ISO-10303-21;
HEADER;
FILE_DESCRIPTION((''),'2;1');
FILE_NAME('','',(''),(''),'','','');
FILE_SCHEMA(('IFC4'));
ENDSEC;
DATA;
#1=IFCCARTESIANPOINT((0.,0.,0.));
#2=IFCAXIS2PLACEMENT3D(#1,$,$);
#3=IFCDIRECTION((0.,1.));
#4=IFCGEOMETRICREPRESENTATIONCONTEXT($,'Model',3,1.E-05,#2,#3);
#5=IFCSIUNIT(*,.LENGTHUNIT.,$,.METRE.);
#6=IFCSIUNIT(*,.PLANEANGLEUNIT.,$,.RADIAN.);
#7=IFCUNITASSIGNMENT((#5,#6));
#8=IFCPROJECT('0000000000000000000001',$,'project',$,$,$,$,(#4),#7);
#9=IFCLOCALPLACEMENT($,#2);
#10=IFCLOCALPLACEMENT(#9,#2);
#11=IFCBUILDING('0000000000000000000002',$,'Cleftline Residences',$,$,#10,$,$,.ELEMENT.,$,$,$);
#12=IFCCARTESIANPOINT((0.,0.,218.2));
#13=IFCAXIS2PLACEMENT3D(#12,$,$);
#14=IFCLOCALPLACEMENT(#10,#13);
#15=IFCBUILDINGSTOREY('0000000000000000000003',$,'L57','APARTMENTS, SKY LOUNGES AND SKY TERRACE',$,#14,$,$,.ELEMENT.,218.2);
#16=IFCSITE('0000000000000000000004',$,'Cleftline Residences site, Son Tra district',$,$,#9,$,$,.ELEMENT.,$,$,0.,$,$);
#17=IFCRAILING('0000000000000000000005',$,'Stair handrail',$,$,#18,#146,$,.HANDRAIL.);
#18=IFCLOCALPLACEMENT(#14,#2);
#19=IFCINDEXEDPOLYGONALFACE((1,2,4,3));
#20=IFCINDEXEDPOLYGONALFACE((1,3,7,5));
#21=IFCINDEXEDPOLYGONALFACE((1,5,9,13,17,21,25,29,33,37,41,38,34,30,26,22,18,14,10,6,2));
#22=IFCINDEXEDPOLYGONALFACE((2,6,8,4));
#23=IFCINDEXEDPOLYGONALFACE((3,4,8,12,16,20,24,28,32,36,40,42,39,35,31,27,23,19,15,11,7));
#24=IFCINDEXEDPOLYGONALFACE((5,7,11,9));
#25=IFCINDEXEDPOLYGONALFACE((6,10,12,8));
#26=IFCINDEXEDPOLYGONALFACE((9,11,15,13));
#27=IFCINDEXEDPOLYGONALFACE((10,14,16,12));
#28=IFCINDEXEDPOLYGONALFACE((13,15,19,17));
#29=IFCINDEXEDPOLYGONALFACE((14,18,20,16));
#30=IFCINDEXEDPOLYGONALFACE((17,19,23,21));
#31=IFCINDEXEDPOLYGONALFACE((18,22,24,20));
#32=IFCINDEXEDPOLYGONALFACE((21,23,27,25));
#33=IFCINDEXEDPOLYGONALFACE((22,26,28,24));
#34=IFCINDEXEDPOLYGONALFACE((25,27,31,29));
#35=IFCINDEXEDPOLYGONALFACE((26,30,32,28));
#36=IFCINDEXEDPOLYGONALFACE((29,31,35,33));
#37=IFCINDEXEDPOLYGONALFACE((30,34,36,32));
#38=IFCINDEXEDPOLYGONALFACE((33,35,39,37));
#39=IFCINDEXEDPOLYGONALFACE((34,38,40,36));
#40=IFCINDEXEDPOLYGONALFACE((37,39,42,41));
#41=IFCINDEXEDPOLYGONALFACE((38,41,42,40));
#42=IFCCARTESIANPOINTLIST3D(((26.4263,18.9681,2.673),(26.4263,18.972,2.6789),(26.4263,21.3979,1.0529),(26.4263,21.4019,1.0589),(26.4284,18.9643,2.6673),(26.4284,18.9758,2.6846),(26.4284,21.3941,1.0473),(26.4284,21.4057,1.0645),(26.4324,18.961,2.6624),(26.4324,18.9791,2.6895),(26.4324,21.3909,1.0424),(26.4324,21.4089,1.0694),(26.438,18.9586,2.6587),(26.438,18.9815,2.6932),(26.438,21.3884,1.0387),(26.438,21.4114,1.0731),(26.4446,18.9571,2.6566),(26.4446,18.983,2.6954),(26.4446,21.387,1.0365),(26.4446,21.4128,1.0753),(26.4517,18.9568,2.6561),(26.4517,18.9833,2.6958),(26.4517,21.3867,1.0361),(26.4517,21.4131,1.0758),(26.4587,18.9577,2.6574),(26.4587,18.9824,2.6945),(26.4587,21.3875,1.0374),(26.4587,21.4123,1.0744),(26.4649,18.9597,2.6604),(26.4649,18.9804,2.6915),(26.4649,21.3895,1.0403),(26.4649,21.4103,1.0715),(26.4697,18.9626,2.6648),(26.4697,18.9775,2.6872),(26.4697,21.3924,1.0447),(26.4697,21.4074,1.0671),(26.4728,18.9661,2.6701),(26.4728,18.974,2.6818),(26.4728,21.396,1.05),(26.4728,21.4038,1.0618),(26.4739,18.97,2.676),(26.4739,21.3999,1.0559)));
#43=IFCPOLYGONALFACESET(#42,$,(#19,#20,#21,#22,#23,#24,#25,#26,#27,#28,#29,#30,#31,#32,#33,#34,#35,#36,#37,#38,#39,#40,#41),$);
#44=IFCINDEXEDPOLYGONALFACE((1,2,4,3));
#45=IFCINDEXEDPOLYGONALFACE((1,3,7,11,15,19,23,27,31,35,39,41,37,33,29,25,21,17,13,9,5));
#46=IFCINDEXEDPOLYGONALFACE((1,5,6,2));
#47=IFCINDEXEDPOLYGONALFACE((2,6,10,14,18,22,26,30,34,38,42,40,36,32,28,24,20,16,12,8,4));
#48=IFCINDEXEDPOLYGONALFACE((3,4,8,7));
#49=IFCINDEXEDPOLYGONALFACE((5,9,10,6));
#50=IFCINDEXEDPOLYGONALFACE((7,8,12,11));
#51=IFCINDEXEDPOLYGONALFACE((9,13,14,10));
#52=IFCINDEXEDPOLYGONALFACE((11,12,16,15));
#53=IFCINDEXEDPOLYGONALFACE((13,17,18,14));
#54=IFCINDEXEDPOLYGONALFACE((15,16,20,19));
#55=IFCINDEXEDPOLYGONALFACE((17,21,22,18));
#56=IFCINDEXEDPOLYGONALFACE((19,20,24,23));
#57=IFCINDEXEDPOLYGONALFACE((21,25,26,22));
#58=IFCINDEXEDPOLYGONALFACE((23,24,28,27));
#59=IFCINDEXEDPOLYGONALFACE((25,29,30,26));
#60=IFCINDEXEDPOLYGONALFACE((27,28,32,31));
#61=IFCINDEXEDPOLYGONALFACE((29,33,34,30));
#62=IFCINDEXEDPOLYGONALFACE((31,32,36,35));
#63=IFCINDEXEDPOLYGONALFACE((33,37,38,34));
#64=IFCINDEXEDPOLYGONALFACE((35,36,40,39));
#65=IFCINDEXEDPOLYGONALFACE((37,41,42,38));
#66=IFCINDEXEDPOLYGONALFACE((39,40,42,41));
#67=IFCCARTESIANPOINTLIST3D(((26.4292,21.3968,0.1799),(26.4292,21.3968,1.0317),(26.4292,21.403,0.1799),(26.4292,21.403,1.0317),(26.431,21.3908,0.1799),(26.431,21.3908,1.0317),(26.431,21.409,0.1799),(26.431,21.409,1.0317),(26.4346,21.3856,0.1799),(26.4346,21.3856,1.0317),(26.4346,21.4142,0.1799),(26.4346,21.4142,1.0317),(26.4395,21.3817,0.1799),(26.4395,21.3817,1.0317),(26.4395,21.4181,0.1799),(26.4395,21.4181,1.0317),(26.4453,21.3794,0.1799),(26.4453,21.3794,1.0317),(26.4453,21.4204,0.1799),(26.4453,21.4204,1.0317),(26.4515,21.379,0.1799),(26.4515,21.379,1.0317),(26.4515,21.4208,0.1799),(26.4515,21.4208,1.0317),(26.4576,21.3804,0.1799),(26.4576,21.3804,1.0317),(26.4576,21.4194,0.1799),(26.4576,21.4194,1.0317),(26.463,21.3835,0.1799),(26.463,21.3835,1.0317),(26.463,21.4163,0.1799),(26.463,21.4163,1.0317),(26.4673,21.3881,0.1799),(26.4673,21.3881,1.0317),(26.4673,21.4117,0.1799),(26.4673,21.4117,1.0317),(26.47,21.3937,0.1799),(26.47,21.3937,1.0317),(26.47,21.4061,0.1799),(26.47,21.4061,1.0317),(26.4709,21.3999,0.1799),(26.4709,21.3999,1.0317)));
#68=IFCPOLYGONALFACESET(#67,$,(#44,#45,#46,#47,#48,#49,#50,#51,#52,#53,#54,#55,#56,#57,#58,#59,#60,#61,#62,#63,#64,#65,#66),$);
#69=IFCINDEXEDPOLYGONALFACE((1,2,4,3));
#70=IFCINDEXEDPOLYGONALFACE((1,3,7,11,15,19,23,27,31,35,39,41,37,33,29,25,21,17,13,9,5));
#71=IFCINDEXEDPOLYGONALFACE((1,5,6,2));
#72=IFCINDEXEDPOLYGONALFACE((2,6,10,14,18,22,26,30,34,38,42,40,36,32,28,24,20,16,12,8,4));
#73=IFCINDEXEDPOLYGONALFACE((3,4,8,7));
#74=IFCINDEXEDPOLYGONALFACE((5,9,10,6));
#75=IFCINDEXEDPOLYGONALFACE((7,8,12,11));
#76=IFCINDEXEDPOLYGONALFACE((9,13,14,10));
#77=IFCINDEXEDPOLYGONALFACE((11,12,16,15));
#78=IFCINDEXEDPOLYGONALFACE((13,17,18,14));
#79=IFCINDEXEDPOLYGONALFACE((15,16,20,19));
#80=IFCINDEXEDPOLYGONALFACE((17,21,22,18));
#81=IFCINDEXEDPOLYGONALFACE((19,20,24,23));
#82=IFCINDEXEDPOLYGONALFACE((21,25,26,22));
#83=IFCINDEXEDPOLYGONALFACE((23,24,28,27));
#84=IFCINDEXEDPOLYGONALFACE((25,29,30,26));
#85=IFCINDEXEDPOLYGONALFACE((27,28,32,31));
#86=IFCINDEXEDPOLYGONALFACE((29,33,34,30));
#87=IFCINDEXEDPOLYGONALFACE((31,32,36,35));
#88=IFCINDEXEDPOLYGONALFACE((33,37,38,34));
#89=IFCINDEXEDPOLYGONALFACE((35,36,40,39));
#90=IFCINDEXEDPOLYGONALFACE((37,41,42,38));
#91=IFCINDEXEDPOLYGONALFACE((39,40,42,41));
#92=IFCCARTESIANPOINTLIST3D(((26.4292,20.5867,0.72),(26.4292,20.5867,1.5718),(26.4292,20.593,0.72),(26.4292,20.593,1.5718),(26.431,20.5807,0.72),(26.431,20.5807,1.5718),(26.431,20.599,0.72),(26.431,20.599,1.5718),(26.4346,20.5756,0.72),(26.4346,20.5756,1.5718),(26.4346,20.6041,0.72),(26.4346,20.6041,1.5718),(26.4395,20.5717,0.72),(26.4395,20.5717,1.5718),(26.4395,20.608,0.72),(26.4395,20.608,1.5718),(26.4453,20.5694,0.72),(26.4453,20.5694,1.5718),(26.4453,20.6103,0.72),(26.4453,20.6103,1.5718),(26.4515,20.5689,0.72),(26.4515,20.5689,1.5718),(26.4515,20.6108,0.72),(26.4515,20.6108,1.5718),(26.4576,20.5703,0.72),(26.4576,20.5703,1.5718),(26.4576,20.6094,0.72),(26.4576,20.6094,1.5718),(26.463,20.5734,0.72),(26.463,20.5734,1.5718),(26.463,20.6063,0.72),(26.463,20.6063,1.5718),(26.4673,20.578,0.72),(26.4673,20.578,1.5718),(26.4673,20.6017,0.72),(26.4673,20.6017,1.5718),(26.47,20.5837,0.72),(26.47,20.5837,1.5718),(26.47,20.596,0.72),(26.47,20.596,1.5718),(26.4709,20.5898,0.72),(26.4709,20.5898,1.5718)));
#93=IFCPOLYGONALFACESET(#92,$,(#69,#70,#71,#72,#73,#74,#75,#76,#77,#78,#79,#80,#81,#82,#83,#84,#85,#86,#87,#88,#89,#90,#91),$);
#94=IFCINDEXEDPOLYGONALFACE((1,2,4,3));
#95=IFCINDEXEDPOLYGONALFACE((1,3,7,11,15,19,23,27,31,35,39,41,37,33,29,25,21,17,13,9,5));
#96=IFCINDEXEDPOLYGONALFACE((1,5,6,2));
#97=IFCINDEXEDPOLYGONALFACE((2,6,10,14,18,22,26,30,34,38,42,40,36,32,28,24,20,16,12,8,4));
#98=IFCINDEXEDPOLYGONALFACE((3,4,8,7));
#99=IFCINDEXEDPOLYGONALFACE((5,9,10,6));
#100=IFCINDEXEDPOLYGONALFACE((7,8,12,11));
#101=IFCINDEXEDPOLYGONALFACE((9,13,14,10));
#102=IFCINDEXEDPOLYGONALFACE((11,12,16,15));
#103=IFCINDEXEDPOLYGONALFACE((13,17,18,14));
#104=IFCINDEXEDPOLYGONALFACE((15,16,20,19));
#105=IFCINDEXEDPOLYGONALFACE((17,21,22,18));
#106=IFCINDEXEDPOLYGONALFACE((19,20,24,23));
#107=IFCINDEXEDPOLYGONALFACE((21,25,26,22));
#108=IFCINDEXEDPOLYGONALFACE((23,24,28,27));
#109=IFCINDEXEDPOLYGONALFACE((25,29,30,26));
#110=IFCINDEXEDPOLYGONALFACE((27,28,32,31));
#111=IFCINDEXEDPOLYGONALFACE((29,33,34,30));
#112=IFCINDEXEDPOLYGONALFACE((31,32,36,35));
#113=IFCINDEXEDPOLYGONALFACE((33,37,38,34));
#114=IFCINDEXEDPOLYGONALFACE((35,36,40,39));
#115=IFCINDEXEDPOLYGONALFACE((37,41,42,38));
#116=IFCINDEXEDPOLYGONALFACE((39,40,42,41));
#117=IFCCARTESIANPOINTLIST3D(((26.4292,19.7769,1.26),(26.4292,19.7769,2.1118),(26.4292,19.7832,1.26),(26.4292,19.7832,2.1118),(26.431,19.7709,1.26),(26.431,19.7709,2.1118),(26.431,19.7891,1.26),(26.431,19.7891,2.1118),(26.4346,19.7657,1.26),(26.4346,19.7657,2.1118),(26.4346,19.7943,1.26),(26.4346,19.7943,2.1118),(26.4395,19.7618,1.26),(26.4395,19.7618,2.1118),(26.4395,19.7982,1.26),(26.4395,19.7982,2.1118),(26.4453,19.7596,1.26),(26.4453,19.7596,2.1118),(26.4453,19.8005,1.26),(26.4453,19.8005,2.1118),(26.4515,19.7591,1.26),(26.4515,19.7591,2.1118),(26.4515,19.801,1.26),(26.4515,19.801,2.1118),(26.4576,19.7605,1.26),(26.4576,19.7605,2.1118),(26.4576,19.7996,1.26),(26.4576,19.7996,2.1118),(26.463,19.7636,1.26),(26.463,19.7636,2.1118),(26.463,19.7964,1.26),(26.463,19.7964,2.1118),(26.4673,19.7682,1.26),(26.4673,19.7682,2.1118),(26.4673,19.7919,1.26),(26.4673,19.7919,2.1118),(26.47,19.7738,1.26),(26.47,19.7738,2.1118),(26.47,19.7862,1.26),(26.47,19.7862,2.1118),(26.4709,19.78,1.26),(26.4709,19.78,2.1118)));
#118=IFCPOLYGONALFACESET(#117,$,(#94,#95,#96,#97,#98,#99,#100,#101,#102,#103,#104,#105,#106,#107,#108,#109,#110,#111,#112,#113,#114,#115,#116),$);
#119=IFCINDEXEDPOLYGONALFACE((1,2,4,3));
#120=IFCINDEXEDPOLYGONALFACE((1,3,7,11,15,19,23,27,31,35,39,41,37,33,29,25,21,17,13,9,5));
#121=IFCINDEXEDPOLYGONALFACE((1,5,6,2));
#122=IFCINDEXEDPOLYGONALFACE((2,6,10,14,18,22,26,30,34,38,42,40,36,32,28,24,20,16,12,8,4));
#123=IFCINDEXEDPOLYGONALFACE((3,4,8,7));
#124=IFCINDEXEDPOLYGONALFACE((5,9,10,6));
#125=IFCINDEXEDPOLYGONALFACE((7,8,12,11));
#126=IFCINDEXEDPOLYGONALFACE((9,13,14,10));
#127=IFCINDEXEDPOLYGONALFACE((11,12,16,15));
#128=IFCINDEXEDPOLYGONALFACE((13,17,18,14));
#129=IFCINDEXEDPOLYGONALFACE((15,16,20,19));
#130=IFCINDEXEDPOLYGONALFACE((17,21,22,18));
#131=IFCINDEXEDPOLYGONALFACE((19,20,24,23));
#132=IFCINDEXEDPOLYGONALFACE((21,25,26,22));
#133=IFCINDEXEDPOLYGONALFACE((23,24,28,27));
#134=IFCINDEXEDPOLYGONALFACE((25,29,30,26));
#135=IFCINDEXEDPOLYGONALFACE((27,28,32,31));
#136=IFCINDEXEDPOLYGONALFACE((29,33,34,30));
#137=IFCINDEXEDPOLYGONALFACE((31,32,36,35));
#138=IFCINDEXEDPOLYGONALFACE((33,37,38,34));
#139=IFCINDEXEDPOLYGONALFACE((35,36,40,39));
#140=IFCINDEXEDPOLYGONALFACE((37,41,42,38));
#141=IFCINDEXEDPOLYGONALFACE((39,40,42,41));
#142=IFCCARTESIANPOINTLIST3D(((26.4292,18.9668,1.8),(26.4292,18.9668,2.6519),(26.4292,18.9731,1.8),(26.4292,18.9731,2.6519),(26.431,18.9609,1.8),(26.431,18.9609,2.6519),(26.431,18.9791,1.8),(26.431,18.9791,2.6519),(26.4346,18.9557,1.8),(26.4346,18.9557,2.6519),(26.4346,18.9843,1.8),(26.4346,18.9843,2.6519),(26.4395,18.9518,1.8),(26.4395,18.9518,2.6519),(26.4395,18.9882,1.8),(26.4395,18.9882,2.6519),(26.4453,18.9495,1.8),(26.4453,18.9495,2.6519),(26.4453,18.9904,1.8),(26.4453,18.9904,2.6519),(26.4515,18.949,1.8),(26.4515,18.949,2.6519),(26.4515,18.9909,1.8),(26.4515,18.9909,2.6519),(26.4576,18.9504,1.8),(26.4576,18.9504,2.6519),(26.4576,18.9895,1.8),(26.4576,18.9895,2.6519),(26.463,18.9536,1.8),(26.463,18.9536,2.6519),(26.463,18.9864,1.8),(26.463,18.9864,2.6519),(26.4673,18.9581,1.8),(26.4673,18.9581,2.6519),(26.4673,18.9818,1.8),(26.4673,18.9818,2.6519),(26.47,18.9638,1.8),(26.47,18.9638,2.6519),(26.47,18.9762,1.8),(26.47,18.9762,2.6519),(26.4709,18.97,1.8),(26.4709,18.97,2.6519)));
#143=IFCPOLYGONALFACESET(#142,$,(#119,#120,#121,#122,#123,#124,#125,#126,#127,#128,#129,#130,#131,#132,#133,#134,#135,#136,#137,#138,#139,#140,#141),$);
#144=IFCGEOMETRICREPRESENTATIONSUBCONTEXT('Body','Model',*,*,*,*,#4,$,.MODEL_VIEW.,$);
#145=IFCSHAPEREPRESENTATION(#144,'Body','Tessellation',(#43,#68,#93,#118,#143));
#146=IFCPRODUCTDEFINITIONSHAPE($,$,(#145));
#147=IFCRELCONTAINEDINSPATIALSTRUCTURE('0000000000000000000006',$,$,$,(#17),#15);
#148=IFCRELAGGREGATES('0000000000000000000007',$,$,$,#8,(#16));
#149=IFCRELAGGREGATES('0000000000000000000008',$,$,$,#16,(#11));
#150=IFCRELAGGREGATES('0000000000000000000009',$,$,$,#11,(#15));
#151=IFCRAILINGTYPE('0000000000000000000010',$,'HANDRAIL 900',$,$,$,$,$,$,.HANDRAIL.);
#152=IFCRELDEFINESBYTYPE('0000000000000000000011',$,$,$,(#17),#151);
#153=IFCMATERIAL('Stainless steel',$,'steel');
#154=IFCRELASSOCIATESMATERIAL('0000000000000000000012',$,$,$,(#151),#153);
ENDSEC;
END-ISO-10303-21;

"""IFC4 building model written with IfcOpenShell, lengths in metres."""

from ifc_helpers import new_model, si_unit, direction, frame, origin, origin_2d, place, context, subcontext, project, spatial, circle, extrude, material, type_object, element, save


model = new_model("IFC4")

# Units and contexts
model_context = context("Model", 3, precision=1e-05, world=origin(), true_north=direction((0.0, 1.0)))
body_context = subcontext(model_context, "Body", "Model", "MODEL_VIEW")
ifc_project = project(units=[si_unit("LENGTHUNIT", "METRE"), si_unit("PLANEANGLEUNIT", "RADIAN")], contexts=[model_context])

# Site, building, storey
site_placement = place(None, origin())
site = spatial("IfcSite", under=ifc_project, at=site_placement, Name="Cleftline Residences site, Son Tra district", CompositionType="ELEMENT", RefElevation=0.0)
building_placement = place(site_placement, origin())
building = spatial("IfcBuilding", under=site, at=building_placement, Name="Cleftline Residences", CompositionType="ELEMENT")
storey_placement = place(building_placement, frame((0.0, 0.0, 218.2)))
storey = spatial("IfcBuildingStorey", under=building, at=storey_placement, Name="L57", Description="APARTMENTS, SKY LOUNGES AND SKY TERRACE", CompositionType="ELEMENT", Elevation=218.2)

# Railing
ifc_material_1 = material(Name="Stainless steel", Category="steel")
railing_type = type_object("IfcRailingType", Name="HANDRAIL 900", PredefinedType="HANDRAIL", material=ifc_material_1)
railing_1_placement = place(storey_placement, frame((26.45, 21.3999, 0.1799)))
element("IfcRailing", 1, at=railing_1_placement, inside=storey, type_object=railing_type, Name="Stair handrail", PredefinedType="HANDRAIL", context=body_context, shape_type="SweptSolid", body=[
    extrude(circle(Radius=0.0239, at=origin_2d()), frame((0.0, 0.0, 0.876), z_axis=(0.0, -0.832025, 0.554739), x_axis=(1.0, 0.0, 0.0)), (0.0, 0.0, 1.0), 2.9204),
    extrude(circle(Radius=0.021, at=origin_2d()), origin(), (0.0, 0.0, 1.0), 0.8518),
    extrude(circle(Radius=0.021, at=origin_2d()), frame((0.0, -0.8101, 0.54)), (0.0, 0.0, 1.0), 0.8518),
    extrude(circle(Radius=0.021, at=origin_2d()), frame((0.0, -1.6199, 1.0801)), (0.0, 0.0, 1.0), 0.8518),
    extrude(circle(Radius=0.021, at=origin_2d()), frame((0.0, -2.4299, 1.6201)), (0.0, 0.0, 1.0), 0.8518),
])

save(model, "model.ifc")
